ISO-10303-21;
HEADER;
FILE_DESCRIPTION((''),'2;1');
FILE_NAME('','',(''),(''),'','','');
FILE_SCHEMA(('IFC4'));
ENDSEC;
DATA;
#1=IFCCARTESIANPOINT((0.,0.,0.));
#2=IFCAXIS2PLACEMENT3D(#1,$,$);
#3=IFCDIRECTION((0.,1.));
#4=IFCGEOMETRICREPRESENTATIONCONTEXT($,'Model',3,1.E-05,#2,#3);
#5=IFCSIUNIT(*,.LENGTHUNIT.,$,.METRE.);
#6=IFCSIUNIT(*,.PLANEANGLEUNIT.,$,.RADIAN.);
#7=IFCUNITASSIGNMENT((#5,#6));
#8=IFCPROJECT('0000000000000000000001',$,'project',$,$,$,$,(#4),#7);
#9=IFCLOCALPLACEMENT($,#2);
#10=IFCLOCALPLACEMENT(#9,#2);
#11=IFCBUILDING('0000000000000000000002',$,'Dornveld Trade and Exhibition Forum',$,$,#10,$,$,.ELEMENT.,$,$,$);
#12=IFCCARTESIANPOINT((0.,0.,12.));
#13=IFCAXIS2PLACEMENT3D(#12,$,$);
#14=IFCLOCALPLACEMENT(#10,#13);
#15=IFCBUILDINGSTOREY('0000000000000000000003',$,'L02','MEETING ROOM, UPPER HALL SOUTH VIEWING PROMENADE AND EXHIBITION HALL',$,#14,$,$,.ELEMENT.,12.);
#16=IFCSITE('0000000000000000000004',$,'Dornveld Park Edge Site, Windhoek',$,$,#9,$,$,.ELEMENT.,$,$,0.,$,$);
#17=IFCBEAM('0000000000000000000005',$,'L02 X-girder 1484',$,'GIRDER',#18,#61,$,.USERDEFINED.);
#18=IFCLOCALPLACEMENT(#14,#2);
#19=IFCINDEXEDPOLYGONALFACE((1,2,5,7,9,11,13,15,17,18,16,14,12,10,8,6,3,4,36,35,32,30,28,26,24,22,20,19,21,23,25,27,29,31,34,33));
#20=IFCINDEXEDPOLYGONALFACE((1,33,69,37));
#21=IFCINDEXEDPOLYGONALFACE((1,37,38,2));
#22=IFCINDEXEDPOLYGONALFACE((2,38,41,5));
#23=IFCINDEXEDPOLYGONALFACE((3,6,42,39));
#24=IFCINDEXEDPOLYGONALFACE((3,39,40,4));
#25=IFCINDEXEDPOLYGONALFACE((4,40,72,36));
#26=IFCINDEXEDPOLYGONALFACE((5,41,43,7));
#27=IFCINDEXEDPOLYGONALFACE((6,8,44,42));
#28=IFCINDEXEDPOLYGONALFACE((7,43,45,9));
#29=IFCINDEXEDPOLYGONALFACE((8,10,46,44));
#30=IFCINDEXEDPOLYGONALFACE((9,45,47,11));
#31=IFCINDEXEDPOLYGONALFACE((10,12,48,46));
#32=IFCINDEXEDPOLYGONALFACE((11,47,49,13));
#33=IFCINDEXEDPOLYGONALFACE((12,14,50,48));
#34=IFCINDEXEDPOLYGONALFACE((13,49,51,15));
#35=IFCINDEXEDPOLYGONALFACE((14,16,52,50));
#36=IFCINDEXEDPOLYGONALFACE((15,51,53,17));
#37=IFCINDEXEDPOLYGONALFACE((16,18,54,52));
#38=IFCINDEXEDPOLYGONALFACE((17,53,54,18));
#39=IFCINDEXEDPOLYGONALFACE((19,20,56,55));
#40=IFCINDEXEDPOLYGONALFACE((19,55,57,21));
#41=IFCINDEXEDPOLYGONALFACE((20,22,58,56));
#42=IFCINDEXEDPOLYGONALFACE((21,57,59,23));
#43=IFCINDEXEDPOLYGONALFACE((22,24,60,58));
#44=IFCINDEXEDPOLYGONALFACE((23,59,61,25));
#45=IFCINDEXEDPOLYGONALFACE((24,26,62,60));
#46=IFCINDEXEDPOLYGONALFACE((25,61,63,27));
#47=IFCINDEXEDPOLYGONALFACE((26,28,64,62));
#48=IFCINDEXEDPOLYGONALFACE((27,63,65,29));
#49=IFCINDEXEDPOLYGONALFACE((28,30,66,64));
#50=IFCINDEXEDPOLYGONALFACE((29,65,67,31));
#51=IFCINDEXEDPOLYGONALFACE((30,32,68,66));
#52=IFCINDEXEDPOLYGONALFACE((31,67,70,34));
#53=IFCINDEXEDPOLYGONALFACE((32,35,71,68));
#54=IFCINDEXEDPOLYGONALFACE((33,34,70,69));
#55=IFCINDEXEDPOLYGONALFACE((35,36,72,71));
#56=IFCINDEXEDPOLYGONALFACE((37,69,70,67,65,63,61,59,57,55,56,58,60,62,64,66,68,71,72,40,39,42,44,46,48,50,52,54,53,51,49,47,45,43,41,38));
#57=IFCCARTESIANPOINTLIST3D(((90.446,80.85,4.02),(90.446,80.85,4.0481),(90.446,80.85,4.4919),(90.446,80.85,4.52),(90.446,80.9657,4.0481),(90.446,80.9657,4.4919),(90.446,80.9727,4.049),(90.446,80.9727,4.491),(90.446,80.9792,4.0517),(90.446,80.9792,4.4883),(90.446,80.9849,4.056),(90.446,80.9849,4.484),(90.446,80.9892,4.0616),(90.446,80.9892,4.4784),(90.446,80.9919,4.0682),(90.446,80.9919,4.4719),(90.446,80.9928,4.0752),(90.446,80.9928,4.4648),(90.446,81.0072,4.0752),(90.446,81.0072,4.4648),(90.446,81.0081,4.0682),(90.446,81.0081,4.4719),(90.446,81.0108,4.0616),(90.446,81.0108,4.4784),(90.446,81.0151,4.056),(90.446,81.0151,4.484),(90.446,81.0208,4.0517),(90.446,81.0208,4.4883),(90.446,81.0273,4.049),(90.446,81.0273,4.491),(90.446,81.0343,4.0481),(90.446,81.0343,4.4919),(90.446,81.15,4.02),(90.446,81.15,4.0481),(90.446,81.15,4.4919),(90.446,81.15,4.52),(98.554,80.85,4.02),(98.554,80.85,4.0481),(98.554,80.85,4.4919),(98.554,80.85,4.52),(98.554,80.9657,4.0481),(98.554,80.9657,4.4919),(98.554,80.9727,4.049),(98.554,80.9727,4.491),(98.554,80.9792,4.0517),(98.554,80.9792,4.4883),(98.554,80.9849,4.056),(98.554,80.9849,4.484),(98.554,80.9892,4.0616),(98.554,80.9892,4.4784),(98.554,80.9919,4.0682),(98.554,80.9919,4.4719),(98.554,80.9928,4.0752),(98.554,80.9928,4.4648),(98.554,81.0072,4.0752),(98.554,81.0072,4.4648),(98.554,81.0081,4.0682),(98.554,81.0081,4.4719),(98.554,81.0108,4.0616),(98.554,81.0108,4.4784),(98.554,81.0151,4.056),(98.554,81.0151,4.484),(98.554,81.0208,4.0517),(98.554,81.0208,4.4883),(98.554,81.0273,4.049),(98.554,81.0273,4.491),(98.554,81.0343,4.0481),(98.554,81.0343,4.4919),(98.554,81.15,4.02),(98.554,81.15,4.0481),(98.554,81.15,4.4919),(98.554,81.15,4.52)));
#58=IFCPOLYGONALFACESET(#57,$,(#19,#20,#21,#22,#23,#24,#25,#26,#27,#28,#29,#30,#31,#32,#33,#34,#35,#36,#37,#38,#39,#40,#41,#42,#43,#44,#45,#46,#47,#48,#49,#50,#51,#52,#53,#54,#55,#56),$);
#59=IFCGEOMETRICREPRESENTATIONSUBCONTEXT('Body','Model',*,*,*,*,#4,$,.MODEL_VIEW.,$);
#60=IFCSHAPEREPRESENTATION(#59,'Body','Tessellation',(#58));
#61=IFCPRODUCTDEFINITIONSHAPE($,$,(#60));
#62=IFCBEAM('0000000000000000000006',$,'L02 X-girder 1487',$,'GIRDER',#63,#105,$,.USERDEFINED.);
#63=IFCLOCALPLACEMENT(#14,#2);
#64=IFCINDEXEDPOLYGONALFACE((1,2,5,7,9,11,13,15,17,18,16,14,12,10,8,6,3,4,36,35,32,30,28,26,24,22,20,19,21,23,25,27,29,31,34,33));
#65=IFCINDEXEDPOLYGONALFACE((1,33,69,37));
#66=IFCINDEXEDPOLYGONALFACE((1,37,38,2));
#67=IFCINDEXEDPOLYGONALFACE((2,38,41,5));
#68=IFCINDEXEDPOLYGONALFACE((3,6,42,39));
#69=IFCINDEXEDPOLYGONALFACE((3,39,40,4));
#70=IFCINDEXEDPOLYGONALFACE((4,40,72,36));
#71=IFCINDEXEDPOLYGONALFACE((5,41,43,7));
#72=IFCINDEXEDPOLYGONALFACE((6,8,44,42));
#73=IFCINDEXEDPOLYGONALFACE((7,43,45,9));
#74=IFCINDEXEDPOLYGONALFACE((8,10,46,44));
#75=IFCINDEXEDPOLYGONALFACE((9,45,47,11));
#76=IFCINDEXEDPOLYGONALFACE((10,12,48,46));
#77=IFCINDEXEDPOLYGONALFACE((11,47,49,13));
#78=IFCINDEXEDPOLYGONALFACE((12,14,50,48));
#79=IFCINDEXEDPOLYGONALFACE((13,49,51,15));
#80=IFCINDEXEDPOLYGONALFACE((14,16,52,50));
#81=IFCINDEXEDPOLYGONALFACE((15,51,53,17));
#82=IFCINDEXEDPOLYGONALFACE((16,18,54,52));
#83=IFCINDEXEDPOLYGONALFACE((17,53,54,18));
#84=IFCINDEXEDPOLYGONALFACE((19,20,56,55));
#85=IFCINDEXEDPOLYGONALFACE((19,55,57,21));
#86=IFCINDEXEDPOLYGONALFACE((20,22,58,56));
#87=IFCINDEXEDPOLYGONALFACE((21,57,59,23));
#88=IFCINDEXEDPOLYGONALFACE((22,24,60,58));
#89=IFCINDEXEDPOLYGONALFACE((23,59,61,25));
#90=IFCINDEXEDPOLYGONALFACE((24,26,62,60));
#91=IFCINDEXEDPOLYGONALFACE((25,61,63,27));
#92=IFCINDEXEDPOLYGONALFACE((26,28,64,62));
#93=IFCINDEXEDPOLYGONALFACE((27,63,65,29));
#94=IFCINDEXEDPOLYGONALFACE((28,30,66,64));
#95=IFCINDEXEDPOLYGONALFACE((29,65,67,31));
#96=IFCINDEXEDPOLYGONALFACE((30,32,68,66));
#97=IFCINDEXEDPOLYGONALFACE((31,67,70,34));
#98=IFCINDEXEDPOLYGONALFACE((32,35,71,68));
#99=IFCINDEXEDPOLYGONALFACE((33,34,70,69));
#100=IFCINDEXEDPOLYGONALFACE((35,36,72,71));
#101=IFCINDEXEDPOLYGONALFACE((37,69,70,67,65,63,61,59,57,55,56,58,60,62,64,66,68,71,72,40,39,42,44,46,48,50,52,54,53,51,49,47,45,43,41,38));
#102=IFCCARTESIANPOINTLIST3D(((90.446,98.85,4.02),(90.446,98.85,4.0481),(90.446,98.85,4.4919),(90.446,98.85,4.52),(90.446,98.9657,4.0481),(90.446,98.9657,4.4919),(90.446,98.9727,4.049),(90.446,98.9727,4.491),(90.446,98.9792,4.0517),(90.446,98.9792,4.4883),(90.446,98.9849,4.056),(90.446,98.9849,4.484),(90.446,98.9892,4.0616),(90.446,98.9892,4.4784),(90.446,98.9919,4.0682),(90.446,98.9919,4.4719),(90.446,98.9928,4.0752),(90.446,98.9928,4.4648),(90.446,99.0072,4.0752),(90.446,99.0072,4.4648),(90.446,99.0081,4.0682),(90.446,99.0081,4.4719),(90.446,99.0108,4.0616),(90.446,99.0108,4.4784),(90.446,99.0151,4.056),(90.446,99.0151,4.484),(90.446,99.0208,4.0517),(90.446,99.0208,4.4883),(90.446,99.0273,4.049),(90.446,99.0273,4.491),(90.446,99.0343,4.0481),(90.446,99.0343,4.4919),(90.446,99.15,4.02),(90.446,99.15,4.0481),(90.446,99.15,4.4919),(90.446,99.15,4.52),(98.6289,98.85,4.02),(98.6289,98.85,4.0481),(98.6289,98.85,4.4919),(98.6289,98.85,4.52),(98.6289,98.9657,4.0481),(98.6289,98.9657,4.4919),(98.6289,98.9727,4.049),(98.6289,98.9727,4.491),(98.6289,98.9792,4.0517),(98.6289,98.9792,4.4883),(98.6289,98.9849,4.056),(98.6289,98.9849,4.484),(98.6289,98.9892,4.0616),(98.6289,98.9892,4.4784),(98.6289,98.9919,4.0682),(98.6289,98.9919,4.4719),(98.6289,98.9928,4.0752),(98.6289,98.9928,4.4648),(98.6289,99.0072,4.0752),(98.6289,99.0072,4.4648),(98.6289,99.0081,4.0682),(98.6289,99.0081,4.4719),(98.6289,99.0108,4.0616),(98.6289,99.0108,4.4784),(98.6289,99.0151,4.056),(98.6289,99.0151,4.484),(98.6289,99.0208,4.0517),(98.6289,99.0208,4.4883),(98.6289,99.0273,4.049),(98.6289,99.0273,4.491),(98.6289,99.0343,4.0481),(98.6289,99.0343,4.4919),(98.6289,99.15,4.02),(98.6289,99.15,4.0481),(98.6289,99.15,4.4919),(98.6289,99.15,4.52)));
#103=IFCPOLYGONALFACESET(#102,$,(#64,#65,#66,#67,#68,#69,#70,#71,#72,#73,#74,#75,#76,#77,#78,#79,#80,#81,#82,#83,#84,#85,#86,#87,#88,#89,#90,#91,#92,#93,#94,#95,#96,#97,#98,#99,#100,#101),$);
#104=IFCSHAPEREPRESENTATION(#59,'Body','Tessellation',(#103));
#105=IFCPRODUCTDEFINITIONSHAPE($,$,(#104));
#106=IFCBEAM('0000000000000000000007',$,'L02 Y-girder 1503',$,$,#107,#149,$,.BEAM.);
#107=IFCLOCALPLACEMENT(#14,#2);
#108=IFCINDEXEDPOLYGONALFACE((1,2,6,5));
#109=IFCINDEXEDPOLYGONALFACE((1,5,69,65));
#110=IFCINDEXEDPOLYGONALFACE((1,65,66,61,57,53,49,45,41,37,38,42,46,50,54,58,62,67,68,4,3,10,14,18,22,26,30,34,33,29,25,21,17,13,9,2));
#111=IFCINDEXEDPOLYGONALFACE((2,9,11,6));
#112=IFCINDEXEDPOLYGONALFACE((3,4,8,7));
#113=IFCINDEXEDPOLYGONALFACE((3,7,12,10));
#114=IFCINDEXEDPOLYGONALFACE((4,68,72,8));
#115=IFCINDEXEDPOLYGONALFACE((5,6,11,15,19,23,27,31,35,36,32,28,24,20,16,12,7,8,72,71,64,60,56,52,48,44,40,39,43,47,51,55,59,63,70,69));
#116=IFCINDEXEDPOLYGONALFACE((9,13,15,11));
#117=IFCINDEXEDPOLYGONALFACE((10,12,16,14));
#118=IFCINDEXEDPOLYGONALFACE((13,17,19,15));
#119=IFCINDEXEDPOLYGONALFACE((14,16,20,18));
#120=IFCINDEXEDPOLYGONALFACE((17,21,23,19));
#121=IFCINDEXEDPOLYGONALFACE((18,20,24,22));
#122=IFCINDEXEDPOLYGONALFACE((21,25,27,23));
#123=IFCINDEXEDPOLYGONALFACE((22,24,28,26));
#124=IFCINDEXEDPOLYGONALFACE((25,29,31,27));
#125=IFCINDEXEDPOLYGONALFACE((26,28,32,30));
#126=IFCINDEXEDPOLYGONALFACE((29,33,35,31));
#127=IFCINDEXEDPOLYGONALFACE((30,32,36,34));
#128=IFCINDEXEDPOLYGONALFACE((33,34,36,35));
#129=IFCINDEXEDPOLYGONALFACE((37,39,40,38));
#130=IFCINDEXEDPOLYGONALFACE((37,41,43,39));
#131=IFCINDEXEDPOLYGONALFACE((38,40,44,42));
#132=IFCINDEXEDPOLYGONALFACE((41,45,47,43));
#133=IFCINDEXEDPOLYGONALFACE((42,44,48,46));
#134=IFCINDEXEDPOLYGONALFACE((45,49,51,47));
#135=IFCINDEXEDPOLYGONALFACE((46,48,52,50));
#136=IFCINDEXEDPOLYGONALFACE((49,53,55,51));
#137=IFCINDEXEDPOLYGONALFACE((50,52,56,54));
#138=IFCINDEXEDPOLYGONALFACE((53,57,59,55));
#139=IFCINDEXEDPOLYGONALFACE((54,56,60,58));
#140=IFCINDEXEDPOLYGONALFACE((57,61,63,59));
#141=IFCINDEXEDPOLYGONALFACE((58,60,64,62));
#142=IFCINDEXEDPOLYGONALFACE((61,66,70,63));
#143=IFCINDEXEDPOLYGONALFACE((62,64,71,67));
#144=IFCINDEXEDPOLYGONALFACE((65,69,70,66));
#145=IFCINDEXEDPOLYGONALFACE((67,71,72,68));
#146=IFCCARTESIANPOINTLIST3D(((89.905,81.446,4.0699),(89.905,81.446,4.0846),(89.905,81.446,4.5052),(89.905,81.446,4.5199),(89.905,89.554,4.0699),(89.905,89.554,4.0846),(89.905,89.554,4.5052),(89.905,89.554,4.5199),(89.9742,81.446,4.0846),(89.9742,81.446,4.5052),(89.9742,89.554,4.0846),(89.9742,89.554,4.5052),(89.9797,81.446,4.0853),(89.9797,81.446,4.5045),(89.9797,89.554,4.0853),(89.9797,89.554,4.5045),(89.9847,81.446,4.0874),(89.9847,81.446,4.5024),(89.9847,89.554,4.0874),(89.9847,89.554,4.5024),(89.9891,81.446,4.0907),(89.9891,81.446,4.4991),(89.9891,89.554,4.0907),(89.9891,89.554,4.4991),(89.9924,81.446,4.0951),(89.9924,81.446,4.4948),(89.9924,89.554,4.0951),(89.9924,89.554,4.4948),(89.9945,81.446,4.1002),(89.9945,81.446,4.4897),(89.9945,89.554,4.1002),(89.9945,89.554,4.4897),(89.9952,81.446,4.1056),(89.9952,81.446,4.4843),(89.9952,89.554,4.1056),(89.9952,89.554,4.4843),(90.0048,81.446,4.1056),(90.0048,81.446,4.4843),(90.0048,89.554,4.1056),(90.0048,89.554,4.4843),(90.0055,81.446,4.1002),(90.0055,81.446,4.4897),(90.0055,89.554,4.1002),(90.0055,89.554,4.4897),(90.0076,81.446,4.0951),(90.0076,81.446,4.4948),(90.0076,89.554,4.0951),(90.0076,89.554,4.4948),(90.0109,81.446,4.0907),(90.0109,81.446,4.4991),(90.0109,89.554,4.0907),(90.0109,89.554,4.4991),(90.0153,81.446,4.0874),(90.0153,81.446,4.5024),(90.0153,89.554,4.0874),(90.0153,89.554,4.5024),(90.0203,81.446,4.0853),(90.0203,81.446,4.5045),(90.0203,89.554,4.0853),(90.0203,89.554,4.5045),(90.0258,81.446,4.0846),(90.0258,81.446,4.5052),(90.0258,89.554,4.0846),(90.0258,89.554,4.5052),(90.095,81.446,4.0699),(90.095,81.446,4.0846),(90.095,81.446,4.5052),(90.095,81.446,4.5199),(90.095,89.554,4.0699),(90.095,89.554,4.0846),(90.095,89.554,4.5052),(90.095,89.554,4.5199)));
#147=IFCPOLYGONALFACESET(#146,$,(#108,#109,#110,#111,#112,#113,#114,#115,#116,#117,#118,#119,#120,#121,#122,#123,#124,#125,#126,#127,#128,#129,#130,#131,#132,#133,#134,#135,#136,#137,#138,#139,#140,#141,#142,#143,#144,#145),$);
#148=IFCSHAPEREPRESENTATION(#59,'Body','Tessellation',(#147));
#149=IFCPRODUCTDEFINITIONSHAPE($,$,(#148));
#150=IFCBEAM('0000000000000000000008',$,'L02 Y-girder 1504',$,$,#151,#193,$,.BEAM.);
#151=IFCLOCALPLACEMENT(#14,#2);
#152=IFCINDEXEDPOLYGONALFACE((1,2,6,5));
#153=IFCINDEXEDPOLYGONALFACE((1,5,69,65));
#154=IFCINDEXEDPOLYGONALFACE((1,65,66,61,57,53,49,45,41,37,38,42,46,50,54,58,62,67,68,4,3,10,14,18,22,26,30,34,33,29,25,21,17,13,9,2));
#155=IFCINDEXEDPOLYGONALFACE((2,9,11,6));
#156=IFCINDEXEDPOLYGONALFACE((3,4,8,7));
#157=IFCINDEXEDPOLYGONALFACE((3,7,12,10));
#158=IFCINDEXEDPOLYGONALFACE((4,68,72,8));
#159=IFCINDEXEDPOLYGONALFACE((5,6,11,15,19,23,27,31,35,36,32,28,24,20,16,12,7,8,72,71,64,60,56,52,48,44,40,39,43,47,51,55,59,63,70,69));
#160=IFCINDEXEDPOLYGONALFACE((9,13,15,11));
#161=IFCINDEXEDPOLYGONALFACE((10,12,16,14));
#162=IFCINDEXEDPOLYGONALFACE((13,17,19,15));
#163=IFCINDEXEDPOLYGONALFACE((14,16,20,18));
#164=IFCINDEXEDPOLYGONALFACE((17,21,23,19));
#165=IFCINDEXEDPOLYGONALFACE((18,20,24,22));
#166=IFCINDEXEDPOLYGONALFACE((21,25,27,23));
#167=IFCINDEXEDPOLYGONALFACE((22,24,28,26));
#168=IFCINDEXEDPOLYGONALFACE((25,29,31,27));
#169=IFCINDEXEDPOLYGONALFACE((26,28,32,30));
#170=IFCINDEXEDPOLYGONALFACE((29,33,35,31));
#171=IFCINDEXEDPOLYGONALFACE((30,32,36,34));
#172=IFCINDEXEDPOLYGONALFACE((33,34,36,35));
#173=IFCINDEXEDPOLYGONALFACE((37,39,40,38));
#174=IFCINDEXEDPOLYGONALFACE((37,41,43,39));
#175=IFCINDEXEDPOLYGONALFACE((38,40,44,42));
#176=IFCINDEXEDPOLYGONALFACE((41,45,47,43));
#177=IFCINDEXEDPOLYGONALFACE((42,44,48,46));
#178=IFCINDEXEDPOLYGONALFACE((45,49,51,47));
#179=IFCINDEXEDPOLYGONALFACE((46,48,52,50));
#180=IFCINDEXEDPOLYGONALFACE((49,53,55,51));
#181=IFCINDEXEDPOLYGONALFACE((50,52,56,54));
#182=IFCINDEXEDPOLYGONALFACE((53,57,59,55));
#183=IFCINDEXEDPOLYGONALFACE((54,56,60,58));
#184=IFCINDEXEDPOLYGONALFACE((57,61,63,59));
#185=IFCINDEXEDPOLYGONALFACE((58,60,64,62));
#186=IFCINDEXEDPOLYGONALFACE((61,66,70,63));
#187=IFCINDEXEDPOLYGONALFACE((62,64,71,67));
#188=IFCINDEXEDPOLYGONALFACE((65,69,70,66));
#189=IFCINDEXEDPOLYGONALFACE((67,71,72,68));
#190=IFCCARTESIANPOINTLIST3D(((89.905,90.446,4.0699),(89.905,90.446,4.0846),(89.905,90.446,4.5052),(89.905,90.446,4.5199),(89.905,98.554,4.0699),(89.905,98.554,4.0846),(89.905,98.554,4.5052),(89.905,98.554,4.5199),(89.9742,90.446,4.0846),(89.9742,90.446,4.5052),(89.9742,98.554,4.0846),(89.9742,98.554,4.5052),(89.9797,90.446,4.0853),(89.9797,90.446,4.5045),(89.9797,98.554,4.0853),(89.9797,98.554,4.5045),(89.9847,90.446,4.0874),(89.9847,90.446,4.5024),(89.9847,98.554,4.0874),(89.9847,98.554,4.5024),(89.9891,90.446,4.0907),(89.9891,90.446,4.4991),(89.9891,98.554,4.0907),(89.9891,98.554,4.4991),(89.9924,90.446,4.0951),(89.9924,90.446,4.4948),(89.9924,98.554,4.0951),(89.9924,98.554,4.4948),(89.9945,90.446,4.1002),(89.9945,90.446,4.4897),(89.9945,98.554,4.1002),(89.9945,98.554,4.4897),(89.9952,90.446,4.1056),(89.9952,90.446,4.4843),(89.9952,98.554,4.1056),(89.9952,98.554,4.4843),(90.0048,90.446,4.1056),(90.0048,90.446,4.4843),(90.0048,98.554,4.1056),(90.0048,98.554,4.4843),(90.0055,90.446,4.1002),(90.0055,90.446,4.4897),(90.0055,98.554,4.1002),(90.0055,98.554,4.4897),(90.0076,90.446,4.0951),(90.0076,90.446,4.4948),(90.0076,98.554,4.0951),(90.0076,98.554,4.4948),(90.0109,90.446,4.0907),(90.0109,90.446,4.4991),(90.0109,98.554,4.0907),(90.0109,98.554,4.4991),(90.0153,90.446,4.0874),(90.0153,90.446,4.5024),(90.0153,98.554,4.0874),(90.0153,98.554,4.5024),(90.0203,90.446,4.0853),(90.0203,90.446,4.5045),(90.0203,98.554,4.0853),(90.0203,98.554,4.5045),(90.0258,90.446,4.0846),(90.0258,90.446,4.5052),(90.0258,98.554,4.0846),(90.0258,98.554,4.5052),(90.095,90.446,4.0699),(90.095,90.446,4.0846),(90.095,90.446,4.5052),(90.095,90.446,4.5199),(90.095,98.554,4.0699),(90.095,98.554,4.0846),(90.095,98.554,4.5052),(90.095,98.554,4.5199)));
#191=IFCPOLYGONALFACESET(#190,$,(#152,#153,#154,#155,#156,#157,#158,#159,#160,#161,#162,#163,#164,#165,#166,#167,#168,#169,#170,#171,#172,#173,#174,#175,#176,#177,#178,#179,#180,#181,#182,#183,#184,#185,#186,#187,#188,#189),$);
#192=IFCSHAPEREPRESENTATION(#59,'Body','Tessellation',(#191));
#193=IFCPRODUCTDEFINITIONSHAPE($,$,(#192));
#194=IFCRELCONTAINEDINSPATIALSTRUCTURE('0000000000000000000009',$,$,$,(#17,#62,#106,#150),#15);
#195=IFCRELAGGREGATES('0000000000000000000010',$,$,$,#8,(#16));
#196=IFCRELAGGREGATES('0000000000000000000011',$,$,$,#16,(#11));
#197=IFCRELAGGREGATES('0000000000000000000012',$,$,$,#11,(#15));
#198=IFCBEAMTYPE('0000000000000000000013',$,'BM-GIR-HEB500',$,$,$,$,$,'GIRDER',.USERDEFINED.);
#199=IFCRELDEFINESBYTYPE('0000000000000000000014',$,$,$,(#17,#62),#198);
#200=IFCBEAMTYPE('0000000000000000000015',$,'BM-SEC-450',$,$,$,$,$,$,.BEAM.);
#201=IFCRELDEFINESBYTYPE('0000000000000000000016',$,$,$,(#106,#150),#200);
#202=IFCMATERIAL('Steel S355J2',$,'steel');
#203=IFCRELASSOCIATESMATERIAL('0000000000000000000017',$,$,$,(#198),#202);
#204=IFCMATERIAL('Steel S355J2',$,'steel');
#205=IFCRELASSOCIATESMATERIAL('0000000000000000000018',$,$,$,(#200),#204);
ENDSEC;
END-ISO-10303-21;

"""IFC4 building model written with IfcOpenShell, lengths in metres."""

from ifc_helpers import new_model, si_unit, direction, frame, origin, origin_2d, place, context, subcontext, project, spatial, i_section, extrude, material, material_profile, profile_set, type_object, element, save


model = new_model("IFC4")

# Units and contexts
model_context = context("Model", 3, precision=1e-05, world=origin(), true_north=direction((0.0, 1.0)))
body_context = subcontext(model_context, "Body", "Model", "MODEL_VIEW")
ifc_project = project(units=[si_unit("LENGTHUNIT", "METRE"), si_unit("PLANEANGLEUNIT", "RADIAN")], contexts=[model_context])

# Site, building, storey
site_placement = place(None, origin())
site = spatial("IfcSite", under=ifc_project, at=site_placement, Name="Dornveld Park Edge Site, Windhoek", CompositionType="ELEMENT", RefElevation=0.0)
building_placement = place(site_placement, origin())
building = spatial("IfcBuilding", under=site, at=building_placement, Name="Dornveld Trade and Exhibition Forum", CompositionType="ELEMENT")
storey_placement = place(building_placement, frame((0.0, 0.0, 12.0)))
storey = spatial("IfcBuildingStorey", under=building, at=storey_placement, Name="L02", Description="MEETING ROOM, UPPER HALL SOUTH VIEWING PROMENADE AND EXHIBITION HALL", CompositionType="ELEMENT", Elevation=12.0)

# Beams
ifc_material_1 = material(Name="Steel S355J2", Category="steel")
ifc_material_profile_1 = material_profile(ifc_material_1, i_section(OverallWidth=0.3, OverallDepth=0.5, WebThickness=0.0144, FlangeThickness=0.0281, FilletRadius=0.0271, at=origin_2d()), Name="HEB 500")
ifc_profile_set_1 = profile_set([ifc_material_profile_1], Name="Steel S355J2")
beam_type_1 = type_object("IfcBeamType", Name="BM-GIR-HEB500", ElementType="GIRDER", PredefinedType="USERDEFINED", material=ifc_profile_set_1)
for number, where, z_axis, x_axis, name in (
    (1, (90.446, 81.0, 4.27), (1.0, 0.0, 0.0), (0.0, 1.0, 0.0), "L02 X-girder 1484"),
):
    element("IfcBeam", number, at=place(storey_placement, frame(where, z_axis=z_axis, x_axis=x_axis)), inside=storey, type_object=beam_type_1, Name=name, ObjectType="GIRDER", PredefinedType="USERDEFINED", context=body_context, shape_type="SweptSolid", body=[
        extrude(i_section(OverallWidth=0.3, OverallDepth=0.5, WebThickness=0.0144, FlangeThickness=0.0281, FilletRadius=0.0271, at=origin_2d()), origin(), (0.0, 0.0, 1.0), 8.1079),
    ])
beam_placement = place(storey_placement, frame((90.446, 99.0, 4.27), z_axis=(1.0, 0.0, 0.0), x_axis=(0.0, 1.0, 0.0)))
element("IfcBeam", 2, at=beam_placement, inside=storey, type_object=beam_type_1, Name="L02 X-girder 1487", ObjectType="GIRDER", PredefinedType="USERDEFINED", context=body_context, shape_type="SweptSolid", body=[
    extrude(i_section(OverallWidth=0.3, OverallDepth=0.5, WebThickness=0.0144, FlangeThickness=0.0281, FilletRadius=0.0271, at=origin_2d()), origin(), (0.0, 0.0, 1.0), 8.1829),
])
ifc_material_2 = material(Name="Steel S355J2", Category="steel")
ifc_material_profile_2 = material_profile(ifc_material_2, i_section(OverallWidth=0.1899, OverallDepth=0.45, WebThickness=0.0095, FlangeThickness=0.0146, FilletRadius=0.021, at=origin_2d()), Name="IPE 450")
ifc_profile_set_2 = profile_set([ifc_material_profile_2], Name="Steel S355J2")
beam_type_2 = type_object("IfcBeamType", Name="BM-SEC-450", PredefinedType="BEAM", material=ifc_profile_set_2)
for number, where, z_axis, x_axis, name in (
    (3, (90.0, 81.446, 4.2949), (0.0, 1.0, 0.0), (-1.0, 0.0, 0.0), "L02 Y-girder 1503"),
    (4, (90.0, 90.446, 4.2949), (0.0, 1.0, 0.0), (-1.0, 0.0, 0.0), "L02 Y-girder 1504"),
):
    element("IfcBeam", number, at=place(storey_placement, frame(where, z_axis=z_axis, x_axis=x_axis)), inside=storey, type_object=beam_type_2, Name=name, PredefinedType="BEAM", context=body_context, shape_type="SweptSolid", body=[
        extrude(i_section(OverallWidth=0.1899, OverallDepth=0.45, WebThickness=0.0095, FlangeThickness=0.0146, FilletRadius=0.021, at=origin_2d()), origin(), (0.0, 0.0, 1.0), 8.1079),
    ])

save(model, "model.ifc")
